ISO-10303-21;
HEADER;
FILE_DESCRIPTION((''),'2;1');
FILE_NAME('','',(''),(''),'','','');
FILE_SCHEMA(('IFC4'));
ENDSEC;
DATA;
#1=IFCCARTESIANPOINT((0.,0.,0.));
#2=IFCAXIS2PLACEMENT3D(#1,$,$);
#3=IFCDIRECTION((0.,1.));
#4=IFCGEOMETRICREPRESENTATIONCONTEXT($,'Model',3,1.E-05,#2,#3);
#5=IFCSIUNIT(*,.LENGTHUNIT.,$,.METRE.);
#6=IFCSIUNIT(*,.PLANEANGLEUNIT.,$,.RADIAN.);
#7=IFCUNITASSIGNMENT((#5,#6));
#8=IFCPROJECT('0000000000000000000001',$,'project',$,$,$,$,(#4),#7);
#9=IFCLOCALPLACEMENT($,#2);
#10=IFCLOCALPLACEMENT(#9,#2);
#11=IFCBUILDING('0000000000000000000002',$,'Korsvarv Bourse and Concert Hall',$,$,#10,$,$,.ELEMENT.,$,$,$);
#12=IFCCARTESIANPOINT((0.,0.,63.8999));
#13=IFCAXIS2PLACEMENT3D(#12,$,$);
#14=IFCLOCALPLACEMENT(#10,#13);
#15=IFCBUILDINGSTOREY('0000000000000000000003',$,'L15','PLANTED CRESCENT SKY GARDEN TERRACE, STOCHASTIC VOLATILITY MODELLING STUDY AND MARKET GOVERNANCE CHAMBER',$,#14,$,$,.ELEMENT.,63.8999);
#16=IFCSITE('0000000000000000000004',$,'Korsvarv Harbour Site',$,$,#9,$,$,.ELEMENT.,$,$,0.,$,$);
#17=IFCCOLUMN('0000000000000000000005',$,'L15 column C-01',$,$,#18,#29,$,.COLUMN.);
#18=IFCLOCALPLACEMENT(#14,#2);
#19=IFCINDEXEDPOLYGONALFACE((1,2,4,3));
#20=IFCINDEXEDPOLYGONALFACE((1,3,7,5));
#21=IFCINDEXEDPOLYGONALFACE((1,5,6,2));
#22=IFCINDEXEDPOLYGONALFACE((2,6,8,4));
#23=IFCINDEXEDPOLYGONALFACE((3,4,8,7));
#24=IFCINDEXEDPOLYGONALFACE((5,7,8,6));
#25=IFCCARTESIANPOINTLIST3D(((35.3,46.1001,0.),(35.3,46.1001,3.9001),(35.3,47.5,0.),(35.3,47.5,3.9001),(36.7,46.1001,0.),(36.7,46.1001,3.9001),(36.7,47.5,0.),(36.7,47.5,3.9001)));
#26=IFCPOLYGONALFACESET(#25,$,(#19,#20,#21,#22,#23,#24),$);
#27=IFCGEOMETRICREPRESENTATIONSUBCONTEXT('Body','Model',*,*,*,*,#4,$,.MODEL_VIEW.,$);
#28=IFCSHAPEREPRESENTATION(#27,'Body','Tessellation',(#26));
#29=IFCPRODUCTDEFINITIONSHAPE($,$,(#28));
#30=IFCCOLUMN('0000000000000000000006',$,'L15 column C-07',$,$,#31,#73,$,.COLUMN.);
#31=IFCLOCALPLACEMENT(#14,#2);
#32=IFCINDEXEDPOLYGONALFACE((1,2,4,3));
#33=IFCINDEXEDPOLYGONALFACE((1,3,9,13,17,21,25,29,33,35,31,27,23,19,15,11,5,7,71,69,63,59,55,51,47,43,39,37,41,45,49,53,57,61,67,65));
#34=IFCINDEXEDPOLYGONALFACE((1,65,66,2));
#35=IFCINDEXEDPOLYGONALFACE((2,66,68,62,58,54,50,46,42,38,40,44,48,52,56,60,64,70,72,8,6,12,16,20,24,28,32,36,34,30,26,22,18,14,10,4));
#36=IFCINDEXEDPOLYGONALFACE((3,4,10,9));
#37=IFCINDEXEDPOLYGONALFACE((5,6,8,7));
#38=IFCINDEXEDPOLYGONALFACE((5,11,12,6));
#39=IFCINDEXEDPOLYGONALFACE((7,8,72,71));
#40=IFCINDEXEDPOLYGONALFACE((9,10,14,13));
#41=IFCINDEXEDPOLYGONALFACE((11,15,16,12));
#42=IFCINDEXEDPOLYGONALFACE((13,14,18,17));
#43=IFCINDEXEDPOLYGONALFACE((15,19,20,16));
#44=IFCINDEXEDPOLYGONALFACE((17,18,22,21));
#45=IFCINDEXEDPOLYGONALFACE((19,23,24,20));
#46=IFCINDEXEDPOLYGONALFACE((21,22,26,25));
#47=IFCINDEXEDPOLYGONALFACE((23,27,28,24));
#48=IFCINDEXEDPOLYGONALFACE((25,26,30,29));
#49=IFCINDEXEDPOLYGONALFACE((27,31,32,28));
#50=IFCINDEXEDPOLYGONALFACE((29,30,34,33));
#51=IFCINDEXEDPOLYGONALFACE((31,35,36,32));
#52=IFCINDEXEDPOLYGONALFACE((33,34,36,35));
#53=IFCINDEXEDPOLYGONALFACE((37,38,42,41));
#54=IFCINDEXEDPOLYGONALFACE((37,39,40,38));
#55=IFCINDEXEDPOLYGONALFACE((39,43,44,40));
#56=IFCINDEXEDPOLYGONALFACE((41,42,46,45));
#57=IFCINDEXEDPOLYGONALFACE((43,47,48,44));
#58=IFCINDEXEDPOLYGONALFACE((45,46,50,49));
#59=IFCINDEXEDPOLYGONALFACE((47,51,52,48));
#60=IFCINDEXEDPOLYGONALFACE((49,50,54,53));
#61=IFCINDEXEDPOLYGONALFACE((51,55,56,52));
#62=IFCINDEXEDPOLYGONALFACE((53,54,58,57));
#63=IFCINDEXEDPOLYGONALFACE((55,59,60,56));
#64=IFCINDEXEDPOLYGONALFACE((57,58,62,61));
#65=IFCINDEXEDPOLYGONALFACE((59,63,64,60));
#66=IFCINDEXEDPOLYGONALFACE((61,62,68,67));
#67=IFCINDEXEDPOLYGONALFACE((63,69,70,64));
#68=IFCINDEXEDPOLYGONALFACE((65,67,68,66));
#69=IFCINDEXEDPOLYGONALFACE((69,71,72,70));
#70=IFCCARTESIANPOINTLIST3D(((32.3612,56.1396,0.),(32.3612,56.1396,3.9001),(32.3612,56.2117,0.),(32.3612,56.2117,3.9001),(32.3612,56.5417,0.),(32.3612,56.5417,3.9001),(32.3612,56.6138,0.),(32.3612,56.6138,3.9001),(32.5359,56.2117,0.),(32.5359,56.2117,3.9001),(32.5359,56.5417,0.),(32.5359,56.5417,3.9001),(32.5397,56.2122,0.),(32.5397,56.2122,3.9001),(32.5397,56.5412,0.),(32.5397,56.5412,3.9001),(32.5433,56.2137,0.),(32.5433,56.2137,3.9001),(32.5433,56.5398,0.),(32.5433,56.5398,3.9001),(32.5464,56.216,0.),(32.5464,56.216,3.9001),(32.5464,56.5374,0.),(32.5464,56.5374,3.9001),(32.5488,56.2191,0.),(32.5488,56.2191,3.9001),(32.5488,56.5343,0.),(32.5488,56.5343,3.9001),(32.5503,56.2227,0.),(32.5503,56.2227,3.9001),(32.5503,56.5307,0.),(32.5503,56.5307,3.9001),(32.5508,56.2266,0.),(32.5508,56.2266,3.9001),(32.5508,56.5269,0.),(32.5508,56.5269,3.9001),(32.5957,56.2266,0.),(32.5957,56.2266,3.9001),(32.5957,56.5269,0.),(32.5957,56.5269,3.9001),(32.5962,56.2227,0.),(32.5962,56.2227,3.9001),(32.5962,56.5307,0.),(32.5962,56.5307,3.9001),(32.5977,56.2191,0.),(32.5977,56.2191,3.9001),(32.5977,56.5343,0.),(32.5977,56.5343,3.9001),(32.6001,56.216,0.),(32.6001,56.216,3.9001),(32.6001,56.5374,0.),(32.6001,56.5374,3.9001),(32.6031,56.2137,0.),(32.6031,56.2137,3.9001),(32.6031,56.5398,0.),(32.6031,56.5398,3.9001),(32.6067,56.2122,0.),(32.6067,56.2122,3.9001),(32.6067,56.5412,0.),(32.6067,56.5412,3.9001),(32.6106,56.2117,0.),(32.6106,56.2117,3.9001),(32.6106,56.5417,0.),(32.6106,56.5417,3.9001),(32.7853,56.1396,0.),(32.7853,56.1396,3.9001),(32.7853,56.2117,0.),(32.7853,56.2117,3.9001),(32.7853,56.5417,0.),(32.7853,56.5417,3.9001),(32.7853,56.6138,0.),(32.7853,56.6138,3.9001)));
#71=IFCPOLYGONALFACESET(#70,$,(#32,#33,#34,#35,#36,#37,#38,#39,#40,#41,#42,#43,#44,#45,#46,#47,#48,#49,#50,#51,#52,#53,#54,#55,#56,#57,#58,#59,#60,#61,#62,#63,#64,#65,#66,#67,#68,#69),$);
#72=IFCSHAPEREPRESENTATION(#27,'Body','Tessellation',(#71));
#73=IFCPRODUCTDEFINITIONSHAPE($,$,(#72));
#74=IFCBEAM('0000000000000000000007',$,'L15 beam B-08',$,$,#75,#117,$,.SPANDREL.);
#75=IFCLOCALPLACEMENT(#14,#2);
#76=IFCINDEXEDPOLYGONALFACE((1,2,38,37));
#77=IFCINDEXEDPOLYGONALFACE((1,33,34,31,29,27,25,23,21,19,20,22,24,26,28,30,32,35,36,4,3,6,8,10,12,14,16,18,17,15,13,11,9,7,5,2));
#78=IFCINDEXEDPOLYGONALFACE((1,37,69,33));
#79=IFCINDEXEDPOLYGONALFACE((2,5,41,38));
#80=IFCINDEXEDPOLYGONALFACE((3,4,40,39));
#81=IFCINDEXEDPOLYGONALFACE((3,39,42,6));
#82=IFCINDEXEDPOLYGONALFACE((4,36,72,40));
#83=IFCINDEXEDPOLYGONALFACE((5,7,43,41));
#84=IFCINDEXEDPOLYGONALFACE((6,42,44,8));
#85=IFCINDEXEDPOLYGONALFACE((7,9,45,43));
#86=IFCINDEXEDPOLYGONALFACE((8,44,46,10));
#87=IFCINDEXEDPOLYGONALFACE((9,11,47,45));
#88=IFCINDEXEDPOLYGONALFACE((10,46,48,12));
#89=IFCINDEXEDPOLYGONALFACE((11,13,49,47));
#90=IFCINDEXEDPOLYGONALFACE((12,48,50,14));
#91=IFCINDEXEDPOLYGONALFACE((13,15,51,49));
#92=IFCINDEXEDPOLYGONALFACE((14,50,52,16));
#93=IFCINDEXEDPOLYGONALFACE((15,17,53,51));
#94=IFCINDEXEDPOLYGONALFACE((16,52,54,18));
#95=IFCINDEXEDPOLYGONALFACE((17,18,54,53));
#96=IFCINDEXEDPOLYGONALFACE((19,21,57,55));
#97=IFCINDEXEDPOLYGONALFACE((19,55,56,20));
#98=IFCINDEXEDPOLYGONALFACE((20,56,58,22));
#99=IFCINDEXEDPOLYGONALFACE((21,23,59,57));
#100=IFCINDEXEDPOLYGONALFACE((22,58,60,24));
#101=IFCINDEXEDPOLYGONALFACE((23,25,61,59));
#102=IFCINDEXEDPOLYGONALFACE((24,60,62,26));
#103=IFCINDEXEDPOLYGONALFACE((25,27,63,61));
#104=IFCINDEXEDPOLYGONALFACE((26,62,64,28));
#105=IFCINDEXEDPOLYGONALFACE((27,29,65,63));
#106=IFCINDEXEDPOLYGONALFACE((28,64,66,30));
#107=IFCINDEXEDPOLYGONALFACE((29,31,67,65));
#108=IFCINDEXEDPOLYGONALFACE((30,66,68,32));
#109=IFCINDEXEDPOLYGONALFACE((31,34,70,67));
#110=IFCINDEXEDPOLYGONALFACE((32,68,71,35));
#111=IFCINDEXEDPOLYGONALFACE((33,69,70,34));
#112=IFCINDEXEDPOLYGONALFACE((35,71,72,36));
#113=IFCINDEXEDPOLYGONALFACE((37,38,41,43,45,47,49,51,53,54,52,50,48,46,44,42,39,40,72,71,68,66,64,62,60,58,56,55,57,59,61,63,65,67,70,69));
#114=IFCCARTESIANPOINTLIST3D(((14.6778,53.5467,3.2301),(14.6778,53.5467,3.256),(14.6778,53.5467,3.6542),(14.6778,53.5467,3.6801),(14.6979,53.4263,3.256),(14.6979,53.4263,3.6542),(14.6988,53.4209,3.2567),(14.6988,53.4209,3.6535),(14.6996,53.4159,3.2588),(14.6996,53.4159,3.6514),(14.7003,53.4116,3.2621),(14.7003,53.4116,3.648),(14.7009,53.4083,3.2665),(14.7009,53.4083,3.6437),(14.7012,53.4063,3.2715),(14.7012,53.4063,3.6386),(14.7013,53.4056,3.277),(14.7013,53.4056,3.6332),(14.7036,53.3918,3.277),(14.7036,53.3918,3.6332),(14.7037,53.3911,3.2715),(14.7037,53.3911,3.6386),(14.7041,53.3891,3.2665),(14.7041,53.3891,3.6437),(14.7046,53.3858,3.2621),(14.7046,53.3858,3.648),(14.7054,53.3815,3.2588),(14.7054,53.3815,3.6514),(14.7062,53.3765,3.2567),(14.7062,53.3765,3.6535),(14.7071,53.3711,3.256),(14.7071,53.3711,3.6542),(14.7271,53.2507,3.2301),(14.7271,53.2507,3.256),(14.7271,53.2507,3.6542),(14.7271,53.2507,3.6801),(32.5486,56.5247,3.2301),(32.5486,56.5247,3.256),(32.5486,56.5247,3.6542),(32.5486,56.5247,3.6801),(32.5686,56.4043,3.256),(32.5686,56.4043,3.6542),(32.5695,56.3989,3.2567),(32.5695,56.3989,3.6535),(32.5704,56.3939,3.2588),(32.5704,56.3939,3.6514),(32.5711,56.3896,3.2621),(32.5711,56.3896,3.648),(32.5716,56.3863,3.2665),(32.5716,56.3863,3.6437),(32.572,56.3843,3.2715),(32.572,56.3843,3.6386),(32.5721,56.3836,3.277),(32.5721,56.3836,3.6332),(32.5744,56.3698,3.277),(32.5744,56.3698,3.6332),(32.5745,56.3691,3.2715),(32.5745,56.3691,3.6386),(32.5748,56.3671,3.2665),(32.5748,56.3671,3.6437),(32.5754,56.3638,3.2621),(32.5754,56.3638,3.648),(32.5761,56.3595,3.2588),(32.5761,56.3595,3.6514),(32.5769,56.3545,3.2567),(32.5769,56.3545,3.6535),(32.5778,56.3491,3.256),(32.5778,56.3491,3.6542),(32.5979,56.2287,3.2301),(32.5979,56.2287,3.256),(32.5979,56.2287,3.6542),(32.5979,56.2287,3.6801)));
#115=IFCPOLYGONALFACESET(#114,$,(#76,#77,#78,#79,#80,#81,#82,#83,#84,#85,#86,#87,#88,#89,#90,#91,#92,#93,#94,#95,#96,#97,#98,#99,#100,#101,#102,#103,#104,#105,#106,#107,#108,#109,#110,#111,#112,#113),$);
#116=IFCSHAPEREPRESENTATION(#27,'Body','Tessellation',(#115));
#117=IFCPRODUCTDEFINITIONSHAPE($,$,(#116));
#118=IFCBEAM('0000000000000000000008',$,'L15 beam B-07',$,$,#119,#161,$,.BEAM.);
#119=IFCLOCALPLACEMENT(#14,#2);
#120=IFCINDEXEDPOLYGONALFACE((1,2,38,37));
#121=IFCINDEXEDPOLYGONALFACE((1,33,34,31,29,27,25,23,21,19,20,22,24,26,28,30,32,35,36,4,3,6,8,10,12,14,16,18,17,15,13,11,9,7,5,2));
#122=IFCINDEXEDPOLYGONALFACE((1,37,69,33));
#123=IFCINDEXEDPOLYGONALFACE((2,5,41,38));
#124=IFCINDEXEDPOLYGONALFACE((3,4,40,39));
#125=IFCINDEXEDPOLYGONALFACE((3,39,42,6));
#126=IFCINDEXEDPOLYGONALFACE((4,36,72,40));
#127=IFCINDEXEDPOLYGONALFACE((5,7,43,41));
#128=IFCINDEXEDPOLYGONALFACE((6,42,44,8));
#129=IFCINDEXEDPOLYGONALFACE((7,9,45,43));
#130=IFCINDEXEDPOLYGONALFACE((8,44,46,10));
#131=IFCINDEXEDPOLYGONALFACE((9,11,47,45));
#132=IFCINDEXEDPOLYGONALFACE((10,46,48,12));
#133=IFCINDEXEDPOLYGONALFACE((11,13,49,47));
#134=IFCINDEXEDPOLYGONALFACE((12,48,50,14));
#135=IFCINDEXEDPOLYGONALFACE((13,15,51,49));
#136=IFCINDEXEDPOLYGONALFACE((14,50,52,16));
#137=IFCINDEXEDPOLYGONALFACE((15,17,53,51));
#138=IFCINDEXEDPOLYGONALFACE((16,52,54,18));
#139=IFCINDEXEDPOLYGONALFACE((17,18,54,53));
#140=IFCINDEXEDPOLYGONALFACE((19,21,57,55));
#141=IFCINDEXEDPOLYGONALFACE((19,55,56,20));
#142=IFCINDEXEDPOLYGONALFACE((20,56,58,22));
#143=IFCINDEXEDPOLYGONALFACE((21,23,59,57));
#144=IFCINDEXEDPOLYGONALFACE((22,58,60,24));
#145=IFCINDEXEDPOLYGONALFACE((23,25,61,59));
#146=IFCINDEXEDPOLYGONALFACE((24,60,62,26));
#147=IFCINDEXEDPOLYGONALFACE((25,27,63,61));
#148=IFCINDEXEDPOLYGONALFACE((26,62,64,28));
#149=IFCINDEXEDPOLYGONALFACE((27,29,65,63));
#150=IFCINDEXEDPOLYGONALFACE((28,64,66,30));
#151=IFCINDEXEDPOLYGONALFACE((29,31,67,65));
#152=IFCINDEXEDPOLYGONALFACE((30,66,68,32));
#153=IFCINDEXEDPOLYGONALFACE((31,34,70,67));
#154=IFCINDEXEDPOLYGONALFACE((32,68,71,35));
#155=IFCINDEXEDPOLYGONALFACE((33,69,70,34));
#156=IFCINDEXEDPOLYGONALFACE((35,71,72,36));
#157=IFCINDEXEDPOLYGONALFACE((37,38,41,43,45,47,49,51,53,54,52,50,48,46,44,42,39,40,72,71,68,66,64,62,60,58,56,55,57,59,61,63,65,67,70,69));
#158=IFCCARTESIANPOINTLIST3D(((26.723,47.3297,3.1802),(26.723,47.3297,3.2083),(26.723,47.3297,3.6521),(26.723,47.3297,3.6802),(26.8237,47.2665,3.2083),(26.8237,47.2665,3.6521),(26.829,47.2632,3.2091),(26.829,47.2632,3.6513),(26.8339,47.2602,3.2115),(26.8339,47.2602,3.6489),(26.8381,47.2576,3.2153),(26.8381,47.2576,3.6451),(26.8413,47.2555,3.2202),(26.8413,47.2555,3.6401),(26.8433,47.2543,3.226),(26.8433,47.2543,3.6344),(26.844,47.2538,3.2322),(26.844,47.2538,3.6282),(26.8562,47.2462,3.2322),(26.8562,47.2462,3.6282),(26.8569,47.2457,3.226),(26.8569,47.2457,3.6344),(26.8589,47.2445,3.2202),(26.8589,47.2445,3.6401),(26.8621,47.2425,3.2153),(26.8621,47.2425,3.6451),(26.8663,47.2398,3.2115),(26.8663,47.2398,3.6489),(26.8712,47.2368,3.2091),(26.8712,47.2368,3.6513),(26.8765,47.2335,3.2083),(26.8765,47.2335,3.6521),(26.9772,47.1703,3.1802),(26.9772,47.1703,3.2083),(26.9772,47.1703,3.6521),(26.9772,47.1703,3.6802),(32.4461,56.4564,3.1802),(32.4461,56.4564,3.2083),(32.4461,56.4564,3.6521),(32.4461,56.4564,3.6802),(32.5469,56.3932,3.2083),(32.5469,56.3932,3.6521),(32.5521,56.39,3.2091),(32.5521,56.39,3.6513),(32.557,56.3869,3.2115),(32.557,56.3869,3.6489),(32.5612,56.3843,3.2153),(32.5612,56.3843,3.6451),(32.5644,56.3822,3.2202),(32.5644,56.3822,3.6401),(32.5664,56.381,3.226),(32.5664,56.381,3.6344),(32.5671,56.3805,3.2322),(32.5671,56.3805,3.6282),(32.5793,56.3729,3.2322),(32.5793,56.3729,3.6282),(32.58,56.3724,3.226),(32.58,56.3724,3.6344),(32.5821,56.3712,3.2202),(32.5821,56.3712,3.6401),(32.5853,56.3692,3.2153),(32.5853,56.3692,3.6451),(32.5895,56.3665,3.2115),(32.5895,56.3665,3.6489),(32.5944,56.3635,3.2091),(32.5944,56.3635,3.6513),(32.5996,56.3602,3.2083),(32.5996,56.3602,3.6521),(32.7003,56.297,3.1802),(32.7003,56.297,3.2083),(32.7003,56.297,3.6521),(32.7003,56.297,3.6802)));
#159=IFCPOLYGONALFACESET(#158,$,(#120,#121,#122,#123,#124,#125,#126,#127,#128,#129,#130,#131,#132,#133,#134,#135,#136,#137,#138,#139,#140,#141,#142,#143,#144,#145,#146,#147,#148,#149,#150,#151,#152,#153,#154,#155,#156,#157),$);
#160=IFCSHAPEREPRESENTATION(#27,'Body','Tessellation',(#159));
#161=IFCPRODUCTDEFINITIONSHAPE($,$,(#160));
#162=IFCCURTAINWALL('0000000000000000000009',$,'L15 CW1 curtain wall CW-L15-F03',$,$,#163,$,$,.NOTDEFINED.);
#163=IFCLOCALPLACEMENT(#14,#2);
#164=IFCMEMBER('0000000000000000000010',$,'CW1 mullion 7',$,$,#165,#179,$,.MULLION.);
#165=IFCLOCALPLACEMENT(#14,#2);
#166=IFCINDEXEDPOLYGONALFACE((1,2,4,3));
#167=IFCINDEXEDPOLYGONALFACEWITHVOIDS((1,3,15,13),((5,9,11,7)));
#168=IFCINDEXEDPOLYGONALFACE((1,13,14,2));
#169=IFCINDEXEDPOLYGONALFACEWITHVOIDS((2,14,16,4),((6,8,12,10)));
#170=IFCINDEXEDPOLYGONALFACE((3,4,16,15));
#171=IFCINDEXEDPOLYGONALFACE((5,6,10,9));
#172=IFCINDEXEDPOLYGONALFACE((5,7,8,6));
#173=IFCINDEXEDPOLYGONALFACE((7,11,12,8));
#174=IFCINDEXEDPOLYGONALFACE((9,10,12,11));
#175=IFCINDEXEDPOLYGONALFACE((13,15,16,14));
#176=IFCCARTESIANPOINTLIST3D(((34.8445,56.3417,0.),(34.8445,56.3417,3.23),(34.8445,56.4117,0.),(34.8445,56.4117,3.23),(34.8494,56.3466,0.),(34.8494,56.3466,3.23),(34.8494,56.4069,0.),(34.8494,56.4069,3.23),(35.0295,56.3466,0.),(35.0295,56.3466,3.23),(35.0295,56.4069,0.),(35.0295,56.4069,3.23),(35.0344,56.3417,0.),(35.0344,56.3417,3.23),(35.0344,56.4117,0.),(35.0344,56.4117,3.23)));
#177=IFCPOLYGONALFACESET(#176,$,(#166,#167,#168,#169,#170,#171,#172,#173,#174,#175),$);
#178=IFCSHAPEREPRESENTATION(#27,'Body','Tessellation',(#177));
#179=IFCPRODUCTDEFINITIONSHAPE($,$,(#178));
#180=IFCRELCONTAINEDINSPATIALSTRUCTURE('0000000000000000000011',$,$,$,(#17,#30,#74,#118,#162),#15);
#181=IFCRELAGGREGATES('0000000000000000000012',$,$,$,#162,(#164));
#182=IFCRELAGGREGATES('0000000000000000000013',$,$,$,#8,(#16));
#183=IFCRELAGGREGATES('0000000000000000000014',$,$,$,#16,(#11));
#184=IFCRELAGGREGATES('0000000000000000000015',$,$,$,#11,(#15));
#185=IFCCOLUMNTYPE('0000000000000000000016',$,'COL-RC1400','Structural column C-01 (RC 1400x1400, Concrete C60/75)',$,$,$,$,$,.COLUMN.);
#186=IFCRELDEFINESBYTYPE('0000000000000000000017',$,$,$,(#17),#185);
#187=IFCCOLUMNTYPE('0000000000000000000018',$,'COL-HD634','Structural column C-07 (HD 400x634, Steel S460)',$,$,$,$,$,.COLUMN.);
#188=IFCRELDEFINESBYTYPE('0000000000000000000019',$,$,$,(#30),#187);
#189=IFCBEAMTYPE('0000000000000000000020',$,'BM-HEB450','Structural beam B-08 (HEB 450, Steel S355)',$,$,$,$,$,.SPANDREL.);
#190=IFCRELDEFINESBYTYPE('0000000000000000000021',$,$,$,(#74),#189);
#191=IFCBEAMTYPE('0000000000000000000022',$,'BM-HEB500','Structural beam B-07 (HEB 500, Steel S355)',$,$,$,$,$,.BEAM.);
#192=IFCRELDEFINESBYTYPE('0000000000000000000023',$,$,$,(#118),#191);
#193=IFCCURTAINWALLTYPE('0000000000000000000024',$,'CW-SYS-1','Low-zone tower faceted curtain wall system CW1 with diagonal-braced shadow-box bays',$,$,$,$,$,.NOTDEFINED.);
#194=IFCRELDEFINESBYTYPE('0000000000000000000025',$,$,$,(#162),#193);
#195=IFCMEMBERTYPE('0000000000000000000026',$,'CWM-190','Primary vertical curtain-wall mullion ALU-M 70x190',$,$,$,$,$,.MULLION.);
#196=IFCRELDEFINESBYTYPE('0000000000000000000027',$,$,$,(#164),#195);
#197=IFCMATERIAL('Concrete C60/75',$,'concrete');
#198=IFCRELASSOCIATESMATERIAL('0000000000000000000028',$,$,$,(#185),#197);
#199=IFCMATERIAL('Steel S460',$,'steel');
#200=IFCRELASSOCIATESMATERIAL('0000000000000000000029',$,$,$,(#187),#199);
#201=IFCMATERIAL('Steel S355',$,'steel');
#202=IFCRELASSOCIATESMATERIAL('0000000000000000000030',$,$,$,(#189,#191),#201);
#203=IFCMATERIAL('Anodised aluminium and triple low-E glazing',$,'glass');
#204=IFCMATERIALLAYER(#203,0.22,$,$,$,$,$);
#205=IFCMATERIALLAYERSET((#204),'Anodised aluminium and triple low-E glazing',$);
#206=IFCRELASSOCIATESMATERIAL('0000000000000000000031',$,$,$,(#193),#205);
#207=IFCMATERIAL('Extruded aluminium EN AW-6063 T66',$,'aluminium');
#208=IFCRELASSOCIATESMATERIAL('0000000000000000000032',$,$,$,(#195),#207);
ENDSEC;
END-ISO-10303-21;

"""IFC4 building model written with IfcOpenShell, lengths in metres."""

from ifc_helpers import new_model, si_unit, direction, frame, origin, origin_2d, place, context, subcontext, project, spatial, rectangle, hollow_rectangle, i_section, extrude, source, transform, mapped, material, layer, layer_set, material_profile, profile_set, type_object, element, aggregate, save


model = new_model("IFC4")

# Units and contexts
model_context = context("Model", 3, precision=1e-05, world=origin(), true_north=direction((0.0, 1.0)))
body_context = subcontext(model_context, "Body", "Model", "MODEL_VIEW")
ifc_project = project(units=[si_unit("LENGTHUNIT", "METRE"), si_unit("PLANEANGLEUNIT", "RADIAN")], contexts=[model_context])

# Site, building, storey
site_placement = place(None, origin())
site = spatial("IfcSite", under=ifc_project, at=site_placement, Name="Korsvarv Harbour Site", CompositionType="ELEMENT", RefElevation=0.0)
building_placement = place(site_placement, origin())
building = spatial("IfcBuilding", under=site, at=building_placement, Name="Korsvarv Bourse and Concert Hall", CompositionType="ELEMENT")
storey_placement = place(building_placement, frame((0.0, 0.0, 63.8999)))
storey = spatial("IfcBuildingStorey", under=building, at=storey_placement, Name="L15", Description="PLANTED CRESCENT SKY GARDEN TERRACE, STOCHASTIC VOLATILITY MODELLING STUDY AND MARKET GOVERNANCE CHAMBER", CompositionType="ELEMENT", Elevation=63.8999)

# Columns
ifc_material_1 = material(Name="Concrete C60/75", Category="concrete")
ifc_material_profile_1 = material_profile(ifc_material_1, rectangle(XDim=1.3999, YDim=1.3999, at=origin_2d()), Name="RC 1400x1400")
ifc_profile_set_1 = profile_set([ifc_material_profile_1], Name="Concrete C60/75")
column_type_1 = type_object("IfcColumnType", Name="COL-RC1400", Description="Structural column C-01 (RC 1400x1400, Concrete C60/75)", PredefinedType="COLUMN", material=ifc_profile_set_1)
shared_shape_1 = source(origin(), body_context, "Body", "SweptSolid", [
    extrude(rectangle(XDim=1.3999, YDim=1.3999, at=origin_2d()), origin(), (0.0, 0.0, 1.0), 3.9001),
])
column_1_placement = place(storey_placement, frame((36.0, 46.8, 0.0), z_axis=(0.0, 0.0, 1.0), x_axis=(1.0, 0.0, 0.0)))
element("IfcColumn", 1, at=column_1_placement, inside=storey, type_object=column_type_1, Name="L15 column C-01", PredefinedType="COLUMN", context=body_context, shape_type="MappedRepresentation", body=[
    mapped(shared_shape_1, transform((0.0, 0.0, 0.0), scale=1.0)),
])
ifc_material_2 = material(Name="Steel S460", Category="steel")
ifc_material_profile_2 = material_profile(ifc_material_2, i_section(OverallWidth=0.4241, OverallDepth=0.4741, WebThickness=0.0449, FlangeThickness=0.072, FilletRadius=0.0149, at=origin_2d()), Name="HD 400x634")
ifc_profile_set_2 = profile_set([ifc_material_profile_2], Name="Steel S460")
column_type_2 = type_object("IfcColumnType", Name="COL-HD634", Description="Structural column C-07 (HD 400x634, Steel S460)", PredefinedType="COLUMN", material=ifc_profile_set_2)
shared_shape_2 = source(origin(), body_context, "Body", "SweptSolid", [
    extrude(i_section(OverallWidth=0.4241, OverallDepth=0.4741, WebThickness=0.0449, FlangeThickness=0.072, FilletRadius=0.0149, at=origin_2d()), origin(), (0.0, 0.0, 1.0), 3.9001),
])
column_2_placement = place(storey_placement, frame((32.5732, 56.3767, 0.0), z_axis=(0.0, 0.0, 1.0), x_axis=(1.0, 0.0, 0.0)))
element("IfcColumn", 2, at=column_2_placement, inside=storey, type_object=column_type_2, Name="L15 column C-07", PredefinedType="COLUMN", context=body_context, shape_type="MappedRepresentation", body=[
    mapped(shared_shape_2, transform((0.0, 0.0, 0.0), scale=1.0)),
])

# Beams
ifc_material_3 = material(Name="Steel S355", Category="steel")
ifc_material_profile_3 = material_profile(ifc_material_3, i_section(OverallWidth=0.3, OverallDepth=0.45, WebThickness=0.0139, FlangeThickness=0.0259, FilletRadius=0.021, at=origin_2d()), Name="HEB 450")
ifc_profile_set_3 = profile_set([ifc_material_profile_3], Name="Steel S355")
beam_type_1 = type_object("IfcBeamType", Name="BM-HEB450", Description="Structural beam B-08 (HEB 450, Steel S355)", PredefinedType="SPANDREL", material=ifc_profile_set_3)
shared_shape_3 = source(origin(), body_context, "Body", "SweptSolid", [
    extrude(i_section(OverallWidth=0.3, OverallDepth=0.45, WebThickness=0.0139, FlangeThickness=0.0259, FilletRadius=0.021, at=origin_2d()), origin(), (0.0, 0.0, 1.0), 18.1172),
])
beam_1_placement = place(storey_placement, frame((32.5732, 56.3767, 3.4551), z_axis=(-0.986398, -0.164375, 0.0), x_axis=(0.164375, -0.986398, 0.0)))
element("IfcBeam", 3, at=beam_1_placement, inside=storey, type_object=beam_type_1, Name="L15 beam B-08", PredefinedType="SPANDREL", context=body_context, shape_type="MappedRepresentation", body=[
    mapped(shared_shape_3, transform((0.0, 0.0, 0.0), scale=1.0)),
])
ifc_material_profile_4 = material_profile(ifc_material_3, i_section(OverallWidth=0.3, OverallDepth=0.5, WebThickness=0.0144, FlangeThickness=0.0281, FilletRadius=0.0239, at=origin_2d()), Name="HEB 500")
ifc_profile_set_4 = profile_set([ifc_material_profile_4], Name="Steel S355")
beam_type_2 = type_object("IfcBeamType", Name="BM-HEB500", Description="Structural beam B-07 (HEB 500, Steel S355)", PredefinedType="BEAM", material=ifc_profile_set_4)
shared_shape_4 = source(origin(), body_context, "Body", "SweptSolid", [
    extrude(i_section(OverallWidth=0.3, OverallDepth=0.5, WebThickness=0.0144, FlangeThickness=0.0281, FilletRadius=0.0239, at=origin_2d()), origin(), (0.0, 0.0, 1.0), 10.7727),
])
beam_2_placement = place(storey_placement, frame((32.5732, 56.3767, 3.4302), z_axis=(-0.531263, -0.847207, 0.0), x_axis=(0.847207, -0.531263, 0.0)))
element("IfcBeam", 4, at=beam_2_placement, inside=storey, type_object=beam_type_2, Name="L15 beam B-07", PredefinedType="BEAM", context=body_context, shape_type="MappedRepresentation", body=[
    mapped(shared_shape_4, transform((0.0, 0.0, 0.0), scale=1.0)),
])

# Curtain wall, member
ifc_material_4 = material(Name="Anodised aluminium and triple low-E glazing", Category="glass")
ifc_layer_1 = layer(ifc_material_4, 0.22)
ifc_layer_set_1 = layer_set([ifc_layer_1], Name="Anodised aluminium and triple low-E glazing")
curtain_wall_type = type_object("IfcCurtainWallType", Name="CW-SYS-1", Description="Low-zone tower faceted curtain wall system CW1 with diagonal-braced shadow-box bays", PredefinedType="NOTDEFINED", material=ifc_layer_set_1)
curtain_wall_placement = place(storey_placement, origin())
curtain_wall = element("IfcCurtainWall", 5, at=curtain_wall_placement, inside=storey, type_object=curtain_wall_type, Name="L15 CW1 curtain wall CW-L15-F03", PredefinedType="NOTDEFINED")
ifc_material_5 = material(Name="Extruded aluminium EN AW-6063 T66", Category="aluminium")
ifc_material_profile_5 = material_profile(ifc_material_5, hollow_rectangle(XDim=0.0701, YDim=0.1899, WallThickness=0.0049, at=origin_2d()), Name="ALU-M 70x190")
ifc_profile_set_5 = profile_set([ifc_material_profile_5], Name="Extruded aluminium EN AW-6063 T66")
member_type_1 = type_object("IfcMemberType", Name="CWM-190", Description="Primary vertical curtain-wall mullion ALU-M 70x190", PredefinedType="MULLION", material=ifc_profile_set_5)
shared_shape_5 = source(origin(), body_context, "Body", "SweptSolid", [
    extrude(hollow_rectangle(XDim=0.0701, YDim=0.1899, WallThickness=0.0049, at=origin_2d()), origin(), (0.0, 0.0, 1.0), 3.23),
])
member_1_placement = place(storey_placement, frame((34.9395, 56.3767, 0.0), z_axis=(0.0, 0.0, 1.0), x_axis=(0.0, -1.0, 0.0)))
member_1 = element("IfcMember", 6, at=member_1_placement, type_object=member_type_1, Name="CW1 mullion 7", PredefinedType="MULLION", context=body_context, shape_type="MappedRepresentation", body=[
    mapped(shared_shape_5, transform((0.0, 0.0, 0.0), scale=1.0)),
])
aggregate(curtain_wall, [member_1])

save(model, "model.ifc")
